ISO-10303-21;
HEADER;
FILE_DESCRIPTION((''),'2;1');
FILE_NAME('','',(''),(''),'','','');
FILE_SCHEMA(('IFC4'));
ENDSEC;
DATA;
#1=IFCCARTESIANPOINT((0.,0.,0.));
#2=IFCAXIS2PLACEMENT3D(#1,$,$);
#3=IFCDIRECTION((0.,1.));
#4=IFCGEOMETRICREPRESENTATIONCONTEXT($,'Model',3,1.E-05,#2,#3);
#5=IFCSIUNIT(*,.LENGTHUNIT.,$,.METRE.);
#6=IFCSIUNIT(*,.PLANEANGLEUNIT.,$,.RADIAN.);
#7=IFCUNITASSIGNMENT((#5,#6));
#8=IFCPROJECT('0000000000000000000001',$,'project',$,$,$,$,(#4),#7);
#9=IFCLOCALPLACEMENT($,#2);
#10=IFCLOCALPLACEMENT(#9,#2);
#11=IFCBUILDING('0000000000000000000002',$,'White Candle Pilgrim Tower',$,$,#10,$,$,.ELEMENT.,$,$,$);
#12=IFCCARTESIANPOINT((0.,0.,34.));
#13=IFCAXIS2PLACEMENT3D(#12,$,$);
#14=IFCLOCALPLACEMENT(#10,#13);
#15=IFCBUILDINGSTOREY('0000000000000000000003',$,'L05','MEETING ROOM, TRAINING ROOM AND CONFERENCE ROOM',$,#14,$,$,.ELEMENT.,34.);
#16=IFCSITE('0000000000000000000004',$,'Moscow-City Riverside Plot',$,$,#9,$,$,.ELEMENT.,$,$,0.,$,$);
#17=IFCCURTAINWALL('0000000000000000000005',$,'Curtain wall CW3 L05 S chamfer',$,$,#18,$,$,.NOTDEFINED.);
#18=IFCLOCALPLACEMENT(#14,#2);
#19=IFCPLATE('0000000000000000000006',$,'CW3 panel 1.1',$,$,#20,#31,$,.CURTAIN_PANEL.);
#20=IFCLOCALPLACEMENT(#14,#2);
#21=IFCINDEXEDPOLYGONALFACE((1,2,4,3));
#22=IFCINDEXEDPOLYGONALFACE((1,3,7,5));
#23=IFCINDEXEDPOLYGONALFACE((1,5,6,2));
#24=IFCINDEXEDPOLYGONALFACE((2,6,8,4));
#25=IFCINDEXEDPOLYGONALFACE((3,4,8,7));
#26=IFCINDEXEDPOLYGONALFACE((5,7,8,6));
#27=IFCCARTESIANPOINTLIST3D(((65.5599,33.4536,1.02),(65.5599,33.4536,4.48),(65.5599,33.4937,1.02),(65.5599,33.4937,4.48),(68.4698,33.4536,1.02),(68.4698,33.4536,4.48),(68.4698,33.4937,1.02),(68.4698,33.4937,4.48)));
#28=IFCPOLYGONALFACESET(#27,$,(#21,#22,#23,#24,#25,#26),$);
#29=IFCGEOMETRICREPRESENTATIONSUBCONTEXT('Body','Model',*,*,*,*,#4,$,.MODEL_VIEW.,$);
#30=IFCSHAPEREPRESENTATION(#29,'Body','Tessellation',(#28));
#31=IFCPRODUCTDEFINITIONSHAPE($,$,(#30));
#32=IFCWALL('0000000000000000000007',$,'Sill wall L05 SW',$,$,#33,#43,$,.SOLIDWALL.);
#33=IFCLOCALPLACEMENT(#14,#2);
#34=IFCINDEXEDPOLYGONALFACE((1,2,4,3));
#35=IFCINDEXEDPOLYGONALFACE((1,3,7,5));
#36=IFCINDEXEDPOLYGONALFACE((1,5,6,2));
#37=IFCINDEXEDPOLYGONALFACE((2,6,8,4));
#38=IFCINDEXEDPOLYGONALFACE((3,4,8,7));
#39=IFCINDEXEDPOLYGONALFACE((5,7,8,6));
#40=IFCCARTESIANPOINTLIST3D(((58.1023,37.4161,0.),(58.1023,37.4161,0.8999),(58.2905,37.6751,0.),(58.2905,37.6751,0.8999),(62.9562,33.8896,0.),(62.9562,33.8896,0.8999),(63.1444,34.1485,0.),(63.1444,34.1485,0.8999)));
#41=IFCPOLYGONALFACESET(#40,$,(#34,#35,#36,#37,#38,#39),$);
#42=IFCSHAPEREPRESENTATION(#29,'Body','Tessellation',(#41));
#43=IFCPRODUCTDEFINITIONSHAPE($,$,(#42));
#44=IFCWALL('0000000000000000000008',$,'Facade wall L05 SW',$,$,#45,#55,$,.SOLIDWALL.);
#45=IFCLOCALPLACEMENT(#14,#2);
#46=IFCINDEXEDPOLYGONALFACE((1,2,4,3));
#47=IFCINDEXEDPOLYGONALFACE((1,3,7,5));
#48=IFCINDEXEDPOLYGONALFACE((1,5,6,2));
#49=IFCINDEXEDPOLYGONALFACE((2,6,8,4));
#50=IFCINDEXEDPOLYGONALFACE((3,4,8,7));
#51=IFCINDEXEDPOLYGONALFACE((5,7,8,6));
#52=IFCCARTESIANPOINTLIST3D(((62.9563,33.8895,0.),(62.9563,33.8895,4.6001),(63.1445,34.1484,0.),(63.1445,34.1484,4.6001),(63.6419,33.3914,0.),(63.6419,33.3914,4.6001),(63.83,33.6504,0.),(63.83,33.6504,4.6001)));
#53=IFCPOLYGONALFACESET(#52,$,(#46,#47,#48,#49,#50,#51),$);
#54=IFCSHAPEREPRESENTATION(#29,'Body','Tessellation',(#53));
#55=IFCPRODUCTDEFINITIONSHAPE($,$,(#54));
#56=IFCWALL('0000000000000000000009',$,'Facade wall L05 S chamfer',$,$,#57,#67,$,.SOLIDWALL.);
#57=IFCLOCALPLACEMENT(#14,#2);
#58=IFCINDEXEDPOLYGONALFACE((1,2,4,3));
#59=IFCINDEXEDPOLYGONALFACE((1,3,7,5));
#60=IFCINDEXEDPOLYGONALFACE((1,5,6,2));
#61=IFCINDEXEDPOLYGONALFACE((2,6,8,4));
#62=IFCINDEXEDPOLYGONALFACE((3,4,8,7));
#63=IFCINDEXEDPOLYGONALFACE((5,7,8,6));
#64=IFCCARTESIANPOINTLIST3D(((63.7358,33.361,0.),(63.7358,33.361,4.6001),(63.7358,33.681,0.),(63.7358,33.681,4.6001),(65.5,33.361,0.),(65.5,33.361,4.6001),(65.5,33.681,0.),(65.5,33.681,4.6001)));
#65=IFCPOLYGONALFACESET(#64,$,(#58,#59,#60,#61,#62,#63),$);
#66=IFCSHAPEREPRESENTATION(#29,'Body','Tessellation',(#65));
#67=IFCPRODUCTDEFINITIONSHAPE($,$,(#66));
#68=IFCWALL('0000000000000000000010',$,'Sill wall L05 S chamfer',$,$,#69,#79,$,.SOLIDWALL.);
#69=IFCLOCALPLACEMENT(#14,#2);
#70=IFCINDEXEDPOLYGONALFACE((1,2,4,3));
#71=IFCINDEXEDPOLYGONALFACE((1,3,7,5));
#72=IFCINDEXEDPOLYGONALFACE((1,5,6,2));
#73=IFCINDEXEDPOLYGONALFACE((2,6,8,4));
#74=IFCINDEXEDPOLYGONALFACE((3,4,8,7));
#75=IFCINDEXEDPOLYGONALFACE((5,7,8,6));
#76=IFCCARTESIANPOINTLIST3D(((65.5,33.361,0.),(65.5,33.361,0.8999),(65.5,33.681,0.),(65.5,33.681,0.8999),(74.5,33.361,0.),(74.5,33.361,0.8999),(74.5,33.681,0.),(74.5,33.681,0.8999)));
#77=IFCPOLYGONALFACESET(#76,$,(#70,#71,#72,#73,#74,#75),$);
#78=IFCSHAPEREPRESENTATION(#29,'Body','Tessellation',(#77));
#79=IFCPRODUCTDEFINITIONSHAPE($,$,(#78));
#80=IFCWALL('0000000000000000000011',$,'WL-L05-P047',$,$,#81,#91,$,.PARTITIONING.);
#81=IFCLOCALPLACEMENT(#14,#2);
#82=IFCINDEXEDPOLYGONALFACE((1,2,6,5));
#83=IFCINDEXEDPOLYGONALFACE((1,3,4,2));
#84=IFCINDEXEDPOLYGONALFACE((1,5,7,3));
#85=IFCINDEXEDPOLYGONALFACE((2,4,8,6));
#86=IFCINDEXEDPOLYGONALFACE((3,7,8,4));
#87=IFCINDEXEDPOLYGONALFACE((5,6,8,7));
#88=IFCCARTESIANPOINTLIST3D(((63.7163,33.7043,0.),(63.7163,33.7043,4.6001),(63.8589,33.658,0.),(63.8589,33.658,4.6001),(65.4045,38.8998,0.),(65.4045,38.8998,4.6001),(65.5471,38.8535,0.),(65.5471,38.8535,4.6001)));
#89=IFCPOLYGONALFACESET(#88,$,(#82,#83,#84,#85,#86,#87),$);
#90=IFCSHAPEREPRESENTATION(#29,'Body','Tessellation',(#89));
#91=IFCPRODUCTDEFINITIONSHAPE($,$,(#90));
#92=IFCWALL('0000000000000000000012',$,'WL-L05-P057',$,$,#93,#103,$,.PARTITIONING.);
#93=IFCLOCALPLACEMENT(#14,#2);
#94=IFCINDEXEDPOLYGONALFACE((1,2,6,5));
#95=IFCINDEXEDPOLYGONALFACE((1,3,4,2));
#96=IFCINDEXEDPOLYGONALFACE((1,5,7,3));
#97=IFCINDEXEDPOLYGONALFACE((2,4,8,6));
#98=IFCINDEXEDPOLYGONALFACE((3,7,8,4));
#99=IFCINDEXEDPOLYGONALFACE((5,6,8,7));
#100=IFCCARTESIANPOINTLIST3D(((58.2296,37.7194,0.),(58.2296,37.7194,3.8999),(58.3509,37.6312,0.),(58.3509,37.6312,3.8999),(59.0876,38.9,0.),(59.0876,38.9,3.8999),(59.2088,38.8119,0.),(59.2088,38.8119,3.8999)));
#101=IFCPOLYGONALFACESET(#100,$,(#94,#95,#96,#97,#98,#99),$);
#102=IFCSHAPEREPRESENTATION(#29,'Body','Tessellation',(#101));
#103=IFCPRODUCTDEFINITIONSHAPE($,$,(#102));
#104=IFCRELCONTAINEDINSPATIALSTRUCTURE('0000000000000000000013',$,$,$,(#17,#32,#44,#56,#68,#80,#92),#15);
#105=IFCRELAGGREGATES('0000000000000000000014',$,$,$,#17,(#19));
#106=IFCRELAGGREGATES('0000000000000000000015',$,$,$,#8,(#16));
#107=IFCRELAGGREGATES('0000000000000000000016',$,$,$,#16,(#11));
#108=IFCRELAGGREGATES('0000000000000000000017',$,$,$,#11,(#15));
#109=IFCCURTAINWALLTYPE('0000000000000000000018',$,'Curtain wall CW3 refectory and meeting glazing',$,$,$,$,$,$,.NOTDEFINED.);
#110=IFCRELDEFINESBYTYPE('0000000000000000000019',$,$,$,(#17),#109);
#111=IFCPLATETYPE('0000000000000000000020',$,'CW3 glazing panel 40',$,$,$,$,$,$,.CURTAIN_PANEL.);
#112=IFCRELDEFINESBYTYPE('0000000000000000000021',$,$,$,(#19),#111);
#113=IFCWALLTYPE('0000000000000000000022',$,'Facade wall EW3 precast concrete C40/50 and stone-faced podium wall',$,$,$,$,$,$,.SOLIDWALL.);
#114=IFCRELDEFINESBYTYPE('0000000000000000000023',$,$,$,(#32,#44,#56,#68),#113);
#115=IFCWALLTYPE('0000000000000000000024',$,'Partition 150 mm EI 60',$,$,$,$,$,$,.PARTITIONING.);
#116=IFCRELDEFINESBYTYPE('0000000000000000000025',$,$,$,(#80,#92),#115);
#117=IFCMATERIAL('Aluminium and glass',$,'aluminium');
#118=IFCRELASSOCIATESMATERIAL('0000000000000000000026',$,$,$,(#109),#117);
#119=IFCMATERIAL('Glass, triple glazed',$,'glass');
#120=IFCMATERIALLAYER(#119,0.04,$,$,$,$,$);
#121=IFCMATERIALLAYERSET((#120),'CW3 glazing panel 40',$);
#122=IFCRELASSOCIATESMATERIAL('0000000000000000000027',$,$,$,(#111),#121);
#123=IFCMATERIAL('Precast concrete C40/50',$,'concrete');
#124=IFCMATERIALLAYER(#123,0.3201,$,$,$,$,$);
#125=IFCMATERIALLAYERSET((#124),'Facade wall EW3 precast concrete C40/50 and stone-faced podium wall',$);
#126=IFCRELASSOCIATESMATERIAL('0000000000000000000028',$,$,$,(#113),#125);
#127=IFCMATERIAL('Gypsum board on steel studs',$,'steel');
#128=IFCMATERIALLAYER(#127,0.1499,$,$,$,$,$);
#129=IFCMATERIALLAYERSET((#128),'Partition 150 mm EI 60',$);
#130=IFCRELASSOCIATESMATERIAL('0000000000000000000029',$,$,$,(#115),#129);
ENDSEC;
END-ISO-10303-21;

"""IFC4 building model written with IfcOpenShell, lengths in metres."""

from ifc_helpers import new_model, si_unit, direction, frame, frame_2d, origin, origin_2d, place, context, subcontext, project, spatial, rectangle, extrude, material, layer, layer_set, type_object, element, aggregate, save


model = new_model("IFC4")

# Units and contexts
model_context = context("Model", 3, precision=1e-05, world=origin(), true_north=direction((0.0, 1.0)))
body_context = subcontext(model_context, "Body", "Model", "MODEL_VIEW")
ifc_project = project(units=[si_unit("LENGTHUNIT", "METRE"), si_unit("PLANEANGLEUNIT", "RADIAN")], contexts=[model_context])

# Site, building, storey
site_placement = place(None, origin())
site = spatial("IfcSite", under=ifc_project, at=site_placement, Name="Moscow-City Riverside Plot", CompositionType="ELEMENT", RefElevation=0.0)
building_placement = place(site_placement, origin())
building = spatial("IfcBuilding", under=site, at=building_placement, Name="White Candle Pilgrim Tower", CompositionType="ELEMENT")
storey_placement = place(building_placement, frame((0.0, 0.0, 34.0)))
storey = spatial("IfcBuildingStorey", under=building, at=storey_placement, Name="L05", Description="MEETING ROOM, TRAINING ROOM AND CONFERENCE ROOM", CompositionType="ELEMENT", Elevation=34.0)

# Curtain wall
ifc_material_1 = material(Name="Aluminium and glass", Category="aluminium")
curtain_wall_type = type_object("IfcCurtainWallType", Name="Curtain wall CW3 refectory and meeting glazing", PredefinedType="NOTDEFINED", material=ifc_material_1)
curtain_wall_1_placement = place(storey_placement, origin())
curtain_wall_1 = element("IfcCurtainWall", 1, at=curtain_wall_1_placement, inside=storey, type_object=curtain_wall_type, Name="Curtain wall CW3 L05 S chamfer", PredefinedType="NOTDEFINED")

# Plate
ifc_material_2 = material(Name="Glass, triple glazed", Category="glass")
ifc_layer_1 = layer(ifc_material_2, 0.04)
ifc_layer_set_1 = layer_set([ifc_layer_1], Name="CW3 glazing panel 40")
plate_type = type_object("IfcPlateType", Name="CW3 glazing panel 40", PredefinedType="CURTAIN_PANEL", material=ifc_layer_set_1)
plate_1_placement = place(storey_placement, frame((67.0149, 33.4736, 1.02), z_axis=(0.0, 0.0, 1.0), x_axis=(1.0, 0.0, 0.0)))
plate_1 = element("IfcPlate", 2, at=plate_1_placement, type_object=plate_type, Name="CW3 panel 1.1", PredefinedType="CURTAIN_PANEL", context=body_context, shape_type="SweptSolid", body=[
    extrude(rectangle(XDim=2.9099, YDim=0.04, at=origin_2d()), origin(), (0.0, 0.0, 1.0), 3.46),
])
aggregate(curtain_wall_1, [plate_1])

# Walls
ifc_material_3 = material(Name="Precast concrete C40/50", Category="concrete")
ifc_layer_2 = layer(ifc_material_3, 0.3201)
ifc_layer_set_2 = layer_set([ifc_layer_2], Name="Facade wall EW3 precast concrete C40/50 and stone-faced podium wall")
wall_type_1 = type_object("IfcWallType", Name="Facade wall EW3 precast concrete C40/50 and stone-faced podium wall", PredefinedType="SOLIDWALL", material=ifc_layer_set_2)
wall_1_placement = place(storey_placement, frame((58.1963, 37.5457, 0.0), z_axis=(0.0, 0.0, 1.0), x_axis=(0.809019, -0.587782, 0.0)))
element("IfcWall", 3, at=wall_1_placement, inside=storey, type_object=wall_type_1, Name="Sill wall L05 SW", PredefinedType="SOLIDWALL", context=body_context, shape_type="SweptSolid", body=[
    extrude(rectangle(XDim=5.9998, YDim=0.3201, at=frame_2d((3.0, 0.0))), origin(), (0.0, 0.0, 1.0), 0.8999),
])
wall_2_placement = place(storey_placement, frame((63.0503, 34.019, 0.0), z_axis=(0.0, 0.0, 1.0), x_axis=(0.809035, -0.58776, 0.0)))
element("IfcWall", 4, at=wall_2_placement, inside=storey, type_object=wall_type_1, Name="Facade wall L05 SW", PredefinedType="SOLIDWALL", context=body_context, shape_type="SweptSolid", body=[
    extrude(rectangle(XDim=0.8474, YDim=0.3201, at=frame_2d((0.4238, 0.0))), origin(), (0.0, 0.0, 1.0), 4.6001),
])
wall_3_placement = place(storey_placement, frame((63.7358, 33.521, 0.0), z_axis=(0.0, 0.0, 1.0), x_axis=(1.0, 0.0, 0.0)))
element("IfcWall", 5, at=wall_3_placement, inside=storey, type_object=wall_type_1, Name="Facade wall L05 S chamfer", PredefinedType="SOLIDWALL", context=body_context, shape_type="SweptSolid", body=[
    extrude(rectangle(XDim=1.7642, YDim=0.3201, at=frame_2d((0.8821, 0.0))), origin(), (0.0, 0.0, 1.0), 4.6001),
])
wall_4_placement = place(storey_placement, frame((65.5, 33.521, 0.0), z_axis=(0.0, 0.0, 1.0), x_axis=(1.0, 0.0, 0.0)))
element("IfcWall", 6, at=wall_4_placement, inside=storey, type_object=wall_type_1, Name="Sill wall L05 S chamfer", PredefinedType="SOLIDWALL", context=body_context, shape_type="SweptSolid", body=[
    extrude(rectangle(XDim=9.0, YDim=0.3201, at=frame_2d((4.5, 0.0))), origin(), (0.0, 0.0, 1.0), 0.8999),
])
ifc_material_4 = material(Name="Gypsum board on steel studs", Category="steel")
ifc_layer_3 = layer(ifc_material_4, 0.1499)
ifc_layer_set_3 = layer_set([ifc_layer_3], Name="Partition 150 mm EI 60")
wall_type_2 = type_object("IfcWallType", Name="Partition 150 mm EI 60", PredefinedType="PARTITIONING", material=ifc_layer_set_3)
wall_5_placement = place(storey_placement, frame((63.7876, 33.6812, 0.0), z_axis=(0.0, 0.0, 1.0), x_axis=(0.309033, 0.951051, 0.0)))
element("IfcWall", 7, at=wall_5_placement, inside=storey, type_object=wall_type_2, Name="WL-L05-P047", PredefinedType="PARTITIONING", context=body_context, shape_type="SweptSolid", body=[
    extrude(rectangle(XDim=5.4629, YDim=0.1499, at=frame_2d((2.7314, 0.0))), origin(), (0.0, 0.0, 1.0), 4.6001),
])
wall_6_placement = place(storey_placement, frame((58.2903, 37.6753, 0.0), z_axis=(0.0, 0.0, 1.0), x_axis=(0.587833, 0.808982, 0.0)))
element("IfcWall", 8, at=wall_6_placement, inside=storey, type_object=wall_type_2, Name="WL-L05-P057", PredefinedType="PARTITIONING", context=body_context, shape_type="SweptSolid", body=[
    extrude(rectangle(XDim=1.4595, YDim=0.1499, at=frame_2d((0.7297, 0.0))), origin(), (0.0, 0.0, 1.0), 3.8999),
])

save(model, "model.ifc")
